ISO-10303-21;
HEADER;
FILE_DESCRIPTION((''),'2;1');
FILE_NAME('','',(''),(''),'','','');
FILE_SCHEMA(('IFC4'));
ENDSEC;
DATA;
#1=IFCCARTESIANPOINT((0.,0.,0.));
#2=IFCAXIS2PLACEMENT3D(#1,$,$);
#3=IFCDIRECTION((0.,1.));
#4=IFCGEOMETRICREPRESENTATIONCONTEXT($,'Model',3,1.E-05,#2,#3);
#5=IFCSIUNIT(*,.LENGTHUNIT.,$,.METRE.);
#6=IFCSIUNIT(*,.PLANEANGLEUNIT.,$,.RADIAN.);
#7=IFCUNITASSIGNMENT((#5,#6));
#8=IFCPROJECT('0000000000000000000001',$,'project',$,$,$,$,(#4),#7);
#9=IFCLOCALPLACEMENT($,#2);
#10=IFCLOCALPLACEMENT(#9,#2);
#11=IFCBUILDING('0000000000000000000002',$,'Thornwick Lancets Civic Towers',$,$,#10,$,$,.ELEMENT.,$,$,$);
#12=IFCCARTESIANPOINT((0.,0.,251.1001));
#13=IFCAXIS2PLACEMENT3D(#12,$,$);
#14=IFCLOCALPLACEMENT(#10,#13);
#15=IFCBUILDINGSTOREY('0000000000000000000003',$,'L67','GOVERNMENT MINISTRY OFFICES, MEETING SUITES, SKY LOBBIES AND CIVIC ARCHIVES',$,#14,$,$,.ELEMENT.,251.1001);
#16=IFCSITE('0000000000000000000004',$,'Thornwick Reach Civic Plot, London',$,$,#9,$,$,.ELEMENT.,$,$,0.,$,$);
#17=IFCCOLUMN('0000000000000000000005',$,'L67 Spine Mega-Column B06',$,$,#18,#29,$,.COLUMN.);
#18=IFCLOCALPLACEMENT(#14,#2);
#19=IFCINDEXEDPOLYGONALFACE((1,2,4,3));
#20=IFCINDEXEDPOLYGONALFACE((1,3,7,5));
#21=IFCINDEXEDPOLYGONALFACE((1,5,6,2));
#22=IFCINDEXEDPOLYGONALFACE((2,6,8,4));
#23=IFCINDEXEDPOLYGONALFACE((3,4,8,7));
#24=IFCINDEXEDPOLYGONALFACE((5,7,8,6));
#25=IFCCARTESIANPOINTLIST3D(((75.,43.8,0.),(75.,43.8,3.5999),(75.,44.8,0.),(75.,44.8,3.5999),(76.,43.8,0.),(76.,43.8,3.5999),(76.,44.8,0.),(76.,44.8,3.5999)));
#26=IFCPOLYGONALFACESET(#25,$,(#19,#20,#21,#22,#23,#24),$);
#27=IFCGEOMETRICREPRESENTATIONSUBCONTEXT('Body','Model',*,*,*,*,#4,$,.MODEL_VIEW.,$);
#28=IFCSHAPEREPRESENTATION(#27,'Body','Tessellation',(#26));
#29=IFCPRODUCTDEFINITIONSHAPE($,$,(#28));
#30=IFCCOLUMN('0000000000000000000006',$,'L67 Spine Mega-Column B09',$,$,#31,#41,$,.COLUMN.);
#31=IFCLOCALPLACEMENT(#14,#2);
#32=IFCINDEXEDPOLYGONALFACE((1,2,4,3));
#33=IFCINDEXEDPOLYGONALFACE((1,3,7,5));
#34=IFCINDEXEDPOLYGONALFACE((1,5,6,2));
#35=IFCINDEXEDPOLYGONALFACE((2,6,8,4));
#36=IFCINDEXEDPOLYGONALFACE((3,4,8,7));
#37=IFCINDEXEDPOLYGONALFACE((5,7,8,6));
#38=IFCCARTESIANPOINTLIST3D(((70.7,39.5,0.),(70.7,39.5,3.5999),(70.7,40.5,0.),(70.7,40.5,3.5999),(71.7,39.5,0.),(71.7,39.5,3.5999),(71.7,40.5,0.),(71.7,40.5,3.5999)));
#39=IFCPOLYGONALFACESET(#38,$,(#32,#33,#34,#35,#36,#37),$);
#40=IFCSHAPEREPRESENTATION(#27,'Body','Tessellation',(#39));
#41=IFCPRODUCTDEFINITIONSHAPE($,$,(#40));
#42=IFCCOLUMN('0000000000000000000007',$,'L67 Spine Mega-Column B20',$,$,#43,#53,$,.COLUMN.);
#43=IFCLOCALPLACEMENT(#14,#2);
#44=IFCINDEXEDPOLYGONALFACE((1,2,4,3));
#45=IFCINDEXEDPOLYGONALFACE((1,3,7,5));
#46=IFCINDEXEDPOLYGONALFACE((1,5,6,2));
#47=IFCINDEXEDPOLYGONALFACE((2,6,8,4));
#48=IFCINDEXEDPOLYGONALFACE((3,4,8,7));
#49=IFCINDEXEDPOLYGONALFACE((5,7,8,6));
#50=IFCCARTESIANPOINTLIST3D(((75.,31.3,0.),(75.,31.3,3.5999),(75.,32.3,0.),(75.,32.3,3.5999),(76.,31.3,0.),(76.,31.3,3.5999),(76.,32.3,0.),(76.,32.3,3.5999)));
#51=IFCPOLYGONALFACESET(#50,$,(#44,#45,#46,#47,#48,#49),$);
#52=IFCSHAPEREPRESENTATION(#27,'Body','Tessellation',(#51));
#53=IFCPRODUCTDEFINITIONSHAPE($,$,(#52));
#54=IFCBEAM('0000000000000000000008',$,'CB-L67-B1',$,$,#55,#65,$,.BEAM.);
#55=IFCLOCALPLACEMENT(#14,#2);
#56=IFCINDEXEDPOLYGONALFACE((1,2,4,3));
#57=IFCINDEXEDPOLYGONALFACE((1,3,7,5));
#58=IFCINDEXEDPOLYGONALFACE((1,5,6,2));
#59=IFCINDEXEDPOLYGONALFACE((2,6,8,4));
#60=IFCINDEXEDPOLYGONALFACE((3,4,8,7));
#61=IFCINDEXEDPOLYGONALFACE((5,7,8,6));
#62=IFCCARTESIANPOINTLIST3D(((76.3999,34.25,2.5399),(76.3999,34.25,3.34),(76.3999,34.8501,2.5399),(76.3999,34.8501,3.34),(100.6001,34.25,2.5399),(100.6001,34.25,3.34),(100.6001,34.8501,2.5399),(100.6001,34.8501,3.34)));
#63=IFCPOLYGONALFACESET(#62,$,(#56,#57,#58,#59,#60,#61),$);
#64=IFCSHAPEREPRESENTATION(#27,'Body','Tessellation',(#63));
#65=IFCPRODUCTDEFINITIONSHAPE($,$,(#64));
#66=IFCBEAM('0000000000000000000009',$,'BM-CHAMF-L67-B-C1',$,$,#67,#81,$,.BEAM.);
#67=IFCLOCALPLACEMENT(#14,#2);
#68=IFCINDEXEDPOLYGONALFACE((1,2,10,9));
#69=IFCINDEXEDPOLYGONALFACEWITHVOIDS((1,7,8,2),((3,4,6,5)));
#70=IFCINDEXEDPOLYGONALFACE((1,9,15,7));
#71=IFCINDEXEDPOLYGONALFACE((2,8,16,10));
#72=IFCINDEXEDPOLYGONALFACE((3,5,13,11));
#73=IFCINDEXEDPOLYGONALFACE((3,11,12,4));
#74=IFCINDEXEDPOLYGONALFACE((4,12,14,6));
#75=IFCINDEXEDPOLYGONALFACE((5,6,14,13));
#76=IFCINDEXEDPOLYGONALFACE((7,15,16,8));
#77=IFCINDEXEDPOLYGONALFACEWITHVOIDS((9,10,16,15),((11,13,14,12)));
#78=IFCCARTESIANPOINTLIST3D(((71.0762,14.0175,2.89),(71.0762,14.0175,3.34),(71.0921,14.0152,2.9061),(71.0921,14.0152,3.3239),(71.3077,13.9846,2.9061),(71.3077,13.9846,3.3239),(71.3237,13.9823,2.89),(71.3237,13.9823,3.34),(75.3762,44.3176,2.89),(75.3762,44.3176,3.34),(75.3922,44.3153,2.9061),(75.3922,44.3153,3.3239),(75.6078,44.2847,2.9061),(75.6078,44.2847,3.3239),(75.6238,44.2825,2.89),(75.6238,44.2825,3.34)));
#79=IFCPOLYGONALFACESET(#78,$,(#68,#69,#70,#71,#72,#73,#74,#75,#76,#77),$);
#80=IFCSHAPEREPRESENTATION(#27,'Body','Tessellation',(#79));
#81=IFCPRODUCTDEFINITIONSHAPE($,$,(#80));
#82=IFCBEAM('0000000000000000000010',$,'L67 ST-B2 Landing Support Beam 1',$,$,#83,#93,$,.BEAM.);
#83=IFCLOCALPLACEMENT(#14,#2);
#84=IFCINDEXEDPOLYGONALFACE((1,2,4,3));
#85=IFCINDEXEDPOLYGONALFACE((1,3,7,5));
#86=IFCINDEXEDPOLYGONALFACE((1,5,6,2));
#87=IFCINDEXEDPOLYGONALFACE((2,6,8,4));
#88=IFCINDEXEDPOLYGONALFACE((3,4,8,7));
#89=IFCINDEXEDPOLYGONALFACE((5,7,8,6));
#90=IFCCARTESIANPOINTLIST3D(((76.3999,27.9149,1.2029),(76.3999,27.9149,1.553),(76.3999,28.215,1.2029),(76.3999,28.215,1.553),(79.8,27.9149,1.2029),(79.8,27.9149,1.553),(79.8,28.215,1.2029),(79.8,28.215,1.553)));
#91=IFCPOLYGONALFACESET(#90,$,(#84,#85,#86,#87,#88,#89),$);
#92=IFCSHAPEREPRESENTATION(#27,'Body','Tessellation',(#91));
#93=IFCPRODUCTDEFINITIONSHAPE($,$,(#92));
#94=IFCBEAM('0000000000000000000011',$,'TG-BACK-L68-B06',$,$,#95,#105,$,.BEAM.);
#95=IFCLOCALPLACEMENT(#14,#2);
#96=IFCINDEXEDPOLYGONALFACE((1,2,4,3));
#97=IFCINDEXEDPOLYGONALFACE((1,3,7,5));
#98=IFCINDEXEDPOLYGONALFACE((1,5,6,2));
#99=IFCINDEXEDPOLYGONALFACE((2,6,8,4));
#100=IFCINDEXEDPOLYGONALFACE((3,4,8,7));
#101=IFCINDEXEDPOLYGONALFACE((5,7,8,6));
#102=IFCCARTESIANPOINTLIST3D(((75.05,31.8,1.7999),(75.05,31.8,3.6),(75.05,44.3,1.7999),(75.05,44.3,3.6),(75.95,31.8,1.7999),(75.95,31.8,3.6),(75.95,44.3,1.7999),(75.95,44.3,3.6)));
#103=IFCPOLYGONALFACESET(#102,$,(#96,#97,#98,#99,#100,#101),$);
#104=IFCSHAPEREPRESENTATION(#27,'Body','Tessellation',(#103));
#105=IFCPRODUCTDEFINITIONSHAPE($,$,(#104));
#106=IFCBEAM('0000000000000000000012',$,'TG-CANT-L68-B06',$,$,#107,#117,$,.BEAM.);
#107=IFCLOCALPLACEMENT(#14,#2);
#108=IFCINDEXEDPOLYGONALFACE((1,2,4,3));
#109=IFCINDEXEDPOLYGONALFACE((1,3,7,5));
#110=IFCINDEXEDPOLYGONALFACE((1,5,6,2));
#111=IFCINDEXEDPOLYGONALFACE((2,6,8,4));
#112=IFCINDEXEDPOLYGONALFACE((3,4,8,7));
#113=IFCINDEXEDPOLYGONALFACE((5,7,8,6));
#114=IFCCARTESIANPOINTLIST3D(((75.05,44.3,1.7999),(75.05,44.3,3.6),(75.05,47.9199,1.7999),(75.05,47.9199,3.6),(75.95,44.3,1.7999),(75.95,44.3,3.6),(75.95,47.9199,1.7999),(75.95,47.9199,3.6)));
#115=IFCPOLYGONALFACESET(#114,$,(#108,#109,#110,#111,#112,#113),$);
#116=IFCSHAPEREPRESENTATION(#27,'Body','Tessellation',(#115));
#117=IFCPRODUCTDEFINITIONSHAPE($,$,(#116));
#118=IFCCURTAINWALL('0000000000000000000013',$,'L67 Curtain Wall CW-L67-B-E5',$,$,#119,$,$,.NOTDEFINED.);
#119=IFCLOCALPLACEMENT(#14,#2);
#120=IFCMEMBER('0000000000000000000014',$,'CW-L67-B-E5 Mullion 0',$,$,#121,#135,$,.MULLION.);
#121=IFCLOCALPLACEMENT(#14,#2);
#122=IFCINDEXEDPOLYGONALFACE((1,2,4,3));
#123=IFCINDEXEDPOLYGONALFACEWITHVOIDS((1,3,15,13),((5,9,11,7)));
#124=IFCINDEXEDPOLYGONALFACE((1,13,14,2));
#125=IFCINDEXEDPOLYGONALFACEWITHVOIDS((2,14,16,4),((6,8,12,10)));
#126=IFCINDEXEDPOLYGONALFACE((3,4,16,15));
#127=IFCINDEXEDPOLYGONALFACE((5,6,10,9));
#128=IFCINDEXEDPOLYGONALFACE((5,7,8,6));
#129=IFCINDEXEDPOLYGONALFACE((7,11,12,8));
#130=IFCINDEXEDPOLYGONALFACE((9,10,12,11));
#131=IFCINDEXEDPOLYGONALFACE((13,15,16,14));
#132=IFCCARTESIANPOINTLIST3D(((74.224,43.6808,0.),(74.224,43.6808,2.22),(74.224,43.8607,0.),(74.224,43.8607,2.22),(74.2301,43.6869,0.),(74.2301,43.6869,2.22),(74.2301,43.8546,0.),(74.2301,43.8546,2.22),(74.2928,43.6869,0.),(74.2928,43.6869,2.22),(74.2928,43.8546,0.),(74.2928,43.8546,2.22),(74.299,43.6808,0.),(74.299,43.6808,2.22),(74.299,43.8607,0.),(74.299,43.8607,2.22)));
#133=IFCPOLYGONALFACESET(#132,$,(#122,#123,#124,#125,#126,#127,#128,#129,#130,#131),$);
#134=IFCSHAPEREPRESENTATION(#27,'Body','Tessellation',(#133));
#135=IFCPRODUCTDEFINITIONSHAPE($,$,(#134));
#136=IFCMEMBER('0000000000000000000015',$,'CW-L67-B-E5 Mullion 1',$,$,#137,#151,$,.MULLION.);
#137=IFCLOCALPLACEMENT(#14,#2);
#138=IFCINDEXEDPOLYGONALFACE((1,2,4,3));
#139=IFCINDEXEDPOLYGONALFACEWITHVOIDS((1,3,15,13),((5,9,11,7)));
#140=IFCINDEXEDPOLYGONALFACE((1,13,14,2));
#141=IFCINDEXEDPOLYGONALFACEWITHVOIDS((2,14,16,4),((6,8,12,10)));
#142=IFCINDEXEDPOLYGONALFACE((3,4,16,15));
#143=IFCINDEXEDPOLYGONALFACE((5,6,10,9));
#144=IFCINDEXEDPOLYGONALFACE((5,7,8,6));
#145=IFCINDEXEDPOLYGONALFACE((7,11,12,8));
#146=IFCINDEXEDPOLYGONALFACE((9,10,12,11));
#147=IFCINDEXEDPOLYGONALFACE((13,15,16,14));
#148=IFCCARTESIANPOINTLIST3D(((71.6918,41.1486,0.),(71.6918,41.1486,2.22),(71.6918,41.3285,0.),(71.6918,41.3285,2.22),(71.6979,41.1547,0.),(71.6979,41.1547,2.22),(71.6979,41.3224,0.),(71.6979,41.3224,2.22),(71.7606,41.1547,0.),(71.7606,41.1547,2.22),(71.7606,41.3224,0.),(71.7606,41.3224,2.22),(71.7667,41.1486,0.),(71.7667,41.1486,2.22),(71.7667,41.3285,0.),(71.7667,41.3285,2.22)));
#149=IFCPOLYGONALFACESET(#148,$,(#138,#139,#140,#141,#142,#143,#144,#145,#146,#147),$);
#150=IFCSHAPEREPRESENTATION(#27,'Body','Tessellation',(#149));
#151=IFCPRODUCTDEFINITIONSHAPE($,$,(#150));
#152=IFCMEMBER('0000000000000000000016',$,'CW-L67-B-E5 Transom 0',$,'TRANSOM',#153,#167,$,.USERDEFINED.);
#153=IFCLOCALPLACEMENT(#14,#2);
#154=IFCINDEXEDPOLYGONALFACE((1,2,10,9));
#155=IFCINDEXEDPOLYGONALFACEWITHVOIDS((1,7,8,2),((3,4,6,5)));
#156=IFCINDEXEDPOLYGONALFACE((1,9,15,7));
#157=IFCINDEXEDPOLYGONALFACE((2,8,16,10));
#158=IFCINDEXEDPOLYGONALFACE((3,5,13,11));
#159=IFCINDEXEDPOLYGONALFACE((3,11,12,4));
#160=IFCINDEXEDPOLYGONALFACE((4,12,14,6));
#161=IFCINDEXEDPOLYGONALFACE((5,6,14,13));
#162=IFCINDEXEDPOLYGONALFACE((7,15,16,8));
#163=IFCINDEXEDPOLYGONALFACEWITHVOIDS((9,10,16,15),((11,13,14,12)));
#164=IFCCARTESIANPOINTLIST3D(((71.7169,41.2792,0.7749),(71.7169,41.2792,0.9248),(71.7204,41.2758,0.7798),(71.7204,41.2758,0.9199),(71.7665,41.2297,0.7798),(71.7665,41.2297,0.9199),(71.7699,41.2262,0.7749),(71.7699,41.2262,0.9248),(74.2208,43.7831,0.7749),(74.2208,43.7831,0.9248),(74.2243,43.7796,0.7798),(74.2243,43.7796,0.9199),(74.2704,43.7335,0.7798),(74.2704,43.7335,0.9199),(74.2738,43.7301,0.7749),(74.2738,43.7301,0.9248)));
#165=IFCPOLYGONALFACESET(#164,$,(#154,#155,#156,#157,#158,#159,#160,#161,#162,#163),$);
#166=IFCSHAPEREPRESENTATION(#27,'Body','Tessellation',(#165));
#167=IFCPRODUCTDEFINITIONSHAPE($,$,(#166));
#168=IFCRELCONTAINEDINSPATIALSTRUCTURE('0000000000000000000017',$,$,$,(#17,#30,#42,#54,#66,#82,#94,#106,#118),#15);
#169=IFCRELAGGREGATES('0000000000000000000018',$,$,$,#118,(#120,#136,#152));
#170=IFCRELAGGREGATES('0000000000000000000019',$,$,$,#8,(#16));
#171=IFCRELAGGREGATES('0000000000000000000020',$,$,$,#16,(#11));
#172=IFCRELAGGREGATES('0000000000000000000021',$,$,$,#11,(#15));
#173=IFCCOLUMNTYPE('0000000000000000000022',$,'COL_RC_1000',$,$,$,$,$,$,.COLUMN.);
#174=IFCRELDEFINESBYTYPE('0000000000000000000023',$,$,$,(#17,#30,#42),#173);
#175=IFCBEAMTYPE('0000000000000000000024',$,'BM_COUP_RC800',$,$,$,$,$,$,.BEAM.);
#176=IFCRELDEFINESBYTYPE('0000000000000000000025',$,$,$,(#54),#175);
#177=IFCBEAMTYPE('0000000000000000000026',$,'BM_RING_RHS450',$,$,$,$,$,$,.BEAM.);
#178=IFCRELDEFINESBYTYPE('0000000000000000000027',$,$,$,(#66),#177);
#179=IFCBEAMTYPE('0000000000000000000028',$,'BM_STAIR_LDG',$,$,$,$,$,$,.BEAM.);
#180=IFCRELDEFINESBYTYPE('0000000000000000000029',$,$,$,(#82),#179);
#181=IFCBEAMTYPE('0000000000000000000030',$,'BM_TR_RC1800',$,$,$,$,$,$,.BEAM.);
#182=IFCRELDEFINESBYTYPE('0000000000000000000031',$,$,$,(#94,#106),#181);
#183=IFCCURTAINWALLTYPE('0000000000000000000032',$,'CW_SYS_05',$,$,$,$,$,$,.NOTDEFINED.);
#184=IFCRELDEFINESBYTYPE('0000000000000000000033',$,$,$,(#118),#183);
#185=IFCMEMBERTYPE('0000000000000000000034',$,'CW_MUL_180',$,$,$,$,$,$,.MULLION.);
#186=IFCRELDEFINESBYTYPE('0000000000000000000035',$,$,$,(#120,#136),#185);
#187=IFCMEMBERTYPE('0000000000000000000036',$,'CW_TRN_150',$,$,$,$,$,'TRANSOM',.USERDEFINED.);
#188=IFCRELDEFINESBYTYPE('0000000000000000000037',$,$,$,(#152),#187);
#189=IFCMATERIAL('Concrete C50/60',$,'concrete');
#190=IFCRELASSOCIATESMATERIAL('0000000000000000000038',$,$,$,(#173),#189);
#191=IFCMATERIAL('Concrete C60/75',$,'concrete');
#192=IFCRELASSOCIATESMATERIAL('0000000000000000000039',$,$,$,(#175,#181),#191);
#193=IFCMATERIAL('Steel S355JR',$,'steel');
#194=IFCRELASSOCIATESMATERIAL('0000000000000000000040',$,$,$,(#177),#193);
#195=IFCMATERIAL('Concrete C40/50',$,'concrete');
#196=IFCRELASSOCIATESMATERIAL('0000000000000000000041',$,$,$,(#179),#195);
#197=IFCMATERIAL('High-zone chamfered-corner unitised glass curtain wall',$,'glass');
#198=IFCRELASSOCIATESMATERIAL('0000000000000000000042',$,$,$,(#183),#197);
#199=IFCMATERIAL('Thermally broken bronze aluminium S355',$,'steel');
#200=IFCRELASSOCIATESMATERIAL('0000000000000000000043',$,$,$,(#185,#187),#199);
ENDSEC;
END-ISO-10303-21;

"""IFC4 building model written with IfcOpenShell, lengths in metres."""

from ifc_helpers import new_model, si_unit, direction, frame, origin, origin_2d, place, context, subcontext, project, spatial, rectangle, hollow_rectangle, extrude, material, material_profile, profile_set, type_object, element, aggregate, save


model = new_model("IFC4")

# Units and contexts
model_context = context("Model", 3, precision=1e-05, world=origin(), true_north=direction((0.0, 1.0)))
body_context = subcontext(model_context, "Body", "Model", "MODEL_VIEW")
ifc_project = project(units=[si_unit("LENGTHUNIT", "METRE"), si_unit("PLANEANGLEUNIT", "RADIAN")], contexts=[model_context])

# Site, building, storey
site_placement = place(None, origin())
site = spatial("IfcSite", under=ifc_project, at=site_placement, Name="Thornwick Reach Civic Plot, London", CompositionType="ELEMENT", RefElevation=0.0)
building_placement = place(site_placement, origin())
building = spatial("IfcBuilding", under=site, at=building_placement, Name="Thornwick Lancets Civic Towers", CompositionType="ELEMENT")
storey_placement = place(building_placement, frame((0.0, 0.0, 251.1001)))
storey = spatial("IfcBuildingStorey", under=building, at=storey_placement, Name="L67", Description="GOVERNMENT MINISTRY OFFICES, MEETING SUITES, SKY LOBBIES AND CIVIC ARCHIVES", CompositionType="ELEMENT", Elevation=251.1001)

# Columns
ifc_material_1 = material(Name="Concrete C50/60", Category="concrete")
ifc_material_profile_1 = material_profile(ifc_material_1, rectangle(XDim=1.0, YDim=1.0, at=origin_2d()), Name="RC 1000x1000")
ifc_profile_set_1 = profile_set([ifc_material_profile_1], Name="Concrete C50/60")
column_type = type_object("IfcColumnType", Name="COL_RC_1000", PredefinedType="COLUMN", material=ifc_profile_set_1)
for number, where, z_axis, x_axis, name in (
    (1, (75.5, 44.3, 0.0), (0.0, 0.0, 1.0), (1.0, 0.0, 0.0), "L67 Spine Mega-Column B06"),
    (2, (71.2, 40.0, 0.0), (0.0, 0.0, 1.0), (1.0, 0.0, 0.0), "L67 Spine Mega-Column B09"),
    (3, (75.5, 31.8, 0.0), (0.0, 0.0, 1.0), (1.0, 0.0, 0.0), "L67 Spine Mega-Column B20"),
):
    element("IfcColumn", number, at=place(storey_placement, frame(where, z_axis=z_axis, x_axis=x_axis)), inside=storey, type_object=column_type, Name=name, PredefinedType="COLUMN", context=body_context, shape_type="SweptSolid", body=[
        extrude(rectangle(XDim=1.0, YDim=1.0, at=origin_2d()), origin(), (0.0, 0.0, 1.0), 3.5999),
    ])

# Beams
ifc_material_2 = material(Name="Concrete C60/75", Category="concrete")
ifc_material_profile_2 = material_profile(ifc_material_2, rectangle(XDim=0.6001, YDim=0.8, at=origin_2d()), Name="RC 600x800")
ifc_profile_set_2 = profile_set([ifc_material_profile_2], Name="Concrete C60/75")
beam_type_1 = type_object("IfcBeamType", Name="BM_COUP_RC800", PredefinedType="BEAM", material=ifc_profile_set_2)
beam_1_placement = place(storey_placement, frame((76.3999, 34.55, 2.9399), z_axis=(1.0, 0.0, 0.0), x_axis=(0.0, 1.0, 0.0)))
element("IfcBeam", 4, at=beam_1_placement, inside=storey, type_object=beam_type_1, Name="CB-L67-B1", PredefinedType="BEAM", context=body_context, shape_type="SweptSolid", body=[
    extrude(rectangle(XDim=0.6001, YDim=0.8, at=origin_2d()), origin(), (0.0, 0.0, 1.0), 24.2002),
])
ifc_material_3 = material(Name="Steel S355JR", Category="steel")
ifc_material_profile_3 = material_profile(ifc_material_3, hollow_rectangle(XDim=0.25, YDim=0.45, WallThickness=0.0161, at=origin_2d()), Name="RHS 450x250x16")
ifc_profile_set_3 = profile_set([ifc_material_profile_3], Name="Steel S355JR")
beam_type_2 = type_object("IfcBeamType", Name="BM_RING_RHS450", PredefinedType="BEAM", material=ifc_profile_set_3)
beam_2_placement = place(storey_placement, frame((75.5, 44.3, 3.115), z_axis=(-0.140508, -0.99008, 0.0), x_axis=(0.99008, -0.140508, 0.0)))
element("IfcBeam", 5, at=beam_2_placement, inside=storey, type_object=beam_type_2, Name="BM-CHAMF-L67-B-C1", PredefinedType="BEAM", context=body_context, shape_type="SweptSolid", body=[
    extrude(hollow_rectangle(XDim=0.25, YDim=0.45, WallThickness=0.0161, at=origin_2d()), origin(), (0.0, 0.0, 1.0), 30.6038),
])
ifc_material_4 = material(Name="Concrete C40/50", Category="concrete")
ifc_material_profile_4 = material_profile(ifc_material_4, rectangle(XDim=0.3, YDim=0.3501, at=origin_2d()), Name="RC 300x350")
ifc_profile_set_4 = profile_set([ifc_material_profile_4], Name="Concrete C40/50")
beam_type_3 = type_object("IfcBeamType", Name="BM_STAIR_LDG", PredefinedType="BEAM", material=ifc_profile_set_4)
beam_3_placement = place(storey_placement, frame((76.3999, 28.0649, 1.3779), z_axis=(1.0, 0.0, 0.0), x_axis=(0.0, 1.0, 0.0)))
element("IfcBeam", 6, at=beam_3_placement, inside=storey, type_object=beam_type_3, Name="L67 ST-B2 Landing Support Beam 1", PredefinedType="BEAM", context=body_context, shape_type="SweptSolid", body=[
    extrude(rectangle(XDim=0.3, YDim=0.3501, at=origin_2d()), origin(), (0.0, 0.0, 1.0), 3.4001),
])
ifc_material_profile_5 = material_profile(ifc_material_2, rectangle(XDim=0.8999, YDim=1.8, at=origin_2d()), Name="RC 900x1800")
ifc_profile_set_5 = profile_set([ifc_material_profile_5], Name="Concrete C60/75")
beam_type_4 = type_object("IfcBeamType", Name="BM_TR_RC1800", PredefinedType="BEAM", material=ifc_profile_set_5)
beam_4_placement = place(storey_placement, frame((75.5, 31.8, 2.7), z_axis=(0.0, 1.0, 0.0), x_axis=(-1.0, 0.0, 0.0)))
element("IfcBeam", 7, at=beam_4_placement, inside=storey, type_object=beam_type_4, Name="TG-BACK-L68-B06", PredefinedType="BEAM", context=body_context, shape_type="SweptSolid", body=[
    extrude(rectangle(XDim=0.8999, YDim=1.8, at=origin_2d()), origin(), (0.0, 0.0, 1.0), 12.5),
])
beam_5_placement = place(storey_placement, frame((75.5, 44.3, 2.7), z_axis=(0.0, 1.0, 0.0), x_axis=(-1.0, 0.0, 0.0)))
element("IfcBeam", 8, at=beam_5_placement, inside=storey, type_object=beam_type_4, Name="TG-CANT-L68-B06", PredefinedType="BEAM", context=body_context, shape_type="SweptSolid", body=[
    extrude(rectangle(XDim=0.8999, YDim=1.8, at=origin_2d()), origin(), (0.0, 0.0, 1.0), 3.6199),
])

# Curtain wall, members
ifc_material_5 = material(Name="High-zone chamfered-corner unitised glass curtain wall", Category="glass")
curtain_wall_type = type_object("IfcCurtainWallType", Name="CW_SYS_05", PredefinedType="NOTDEFINED", material=ifc_material_5)
curtain_wall_placement = place(storey_placement, origin())
curtain_wall = element("IfcCurtainWall", 9, at=curtain_wall_placement, inside=storey, type_object=curtain_wall_type, Name="L67 Curtain Wall CW-L67-B-E5", PredefinedType="NOTDEFINED")
ifc_material_6 = material(Name="Thermally broken bronze aluminium S355", Category="steel")
ifc_material_profile_6 = material_profile(ifc_material_6, hollow_rectangle(XDim=0.075, YDim=0.1799, WallThickness=0.0061, at=origin_2d()), Name="RHS 180x75x6")
ifc_profile_set_6 = profile_set([ifc_material_profile_6], Name="Thermally broken bronze aluminium S355")
member_type_1 = type_object("IfcMemberType", Name="CW_MUL_180", PredefinedType="MULLION", material=ifc_profile_set_6)
member_1_placement = place(storey_placement, frame((74.2615, 43.7708, 0.0), z_axis=(0.0, 0.0, 1.0), x_axis=(1.0, 0.0, 0.0)))
member_1 = element("IfcMember", 10, at=member_1_placement, type_object=member_type_1, Name="CW-L67-B-E5 Mullion 0", PredefinedType="MULLION", context=body_context, shape_type="SweptSolid", body=[
    extrude(hollow_rectangle(XDim=0.075, YDim=0.1799, WallThickness=0.0061, at=origin_2d()), origin(), (0.0, 0.0, 1.0), 2.22),
])
member_2_placement = place(storey_placement, frame((71.7292, 41.2385, 0.0), z_axis=(0.0, 0.0, 1.0), x_axis=(1.0, 0.0, 0.0)))
member_2 = element("IfcMember", 11, at=member_2_placement, type_object=member_type_1, Name="CW-L67-B-E5 Mullion 1", PredefinedType="MULLION", context=body_context, shape_type="SweptSolid", body=[
    extrude(hollow_rectangle(XDim=0.075, YDim=0.1799, WallThickness=0.0061, at=origin_2d()), origin(), (0.0, 0.0, 1.0), 2.22),
])
ifc_material_profile_7 = material_profile(ifc_material_6, hollow_rectangle(XDim=0.075, YDim=0.1499, WallThickness=0.0049, at=origin_2d()), Name="RHS 150x75x5")
ifc_profile_set_7 = profile_set([ifc_material_profile_7], Name="Thermally broken bronze aluminium S355")
member_type_2 = type_object("IfcMemberType", Name="CW_TRN_150", ElementType="TRANSOM", PredefinedType="USERDEFINED", material=ifc_profile_set_7)
member_3_placement = place(storey_placement, frame((74.2473, 43.7566, 0.8499), z_axis=(-0.707107, -0.707107, 0.0), x_axis=(0.707107, -0.707107, 0.0)))
member_3 = element("IfcMember", 12, at=member_3_placement, type_object=member_type_2, Name="CW-L67-B-E5 Transom 0", ObjectType="TRANSOM", PredefinedType="USERDEFINED", context=body_context, shape_type="SweptSolid", body=[
    extrude(hollow_rectangle(XDim=0.075, YDim=0.1499, WallThickness=0.0049, at=origin_2d()), origin(), (0.0, 0.0, 1.0), 3.541),
])

aggregate(curtain_wall, [member_1, member_2, member_3])

save(model, "model.ifc")
